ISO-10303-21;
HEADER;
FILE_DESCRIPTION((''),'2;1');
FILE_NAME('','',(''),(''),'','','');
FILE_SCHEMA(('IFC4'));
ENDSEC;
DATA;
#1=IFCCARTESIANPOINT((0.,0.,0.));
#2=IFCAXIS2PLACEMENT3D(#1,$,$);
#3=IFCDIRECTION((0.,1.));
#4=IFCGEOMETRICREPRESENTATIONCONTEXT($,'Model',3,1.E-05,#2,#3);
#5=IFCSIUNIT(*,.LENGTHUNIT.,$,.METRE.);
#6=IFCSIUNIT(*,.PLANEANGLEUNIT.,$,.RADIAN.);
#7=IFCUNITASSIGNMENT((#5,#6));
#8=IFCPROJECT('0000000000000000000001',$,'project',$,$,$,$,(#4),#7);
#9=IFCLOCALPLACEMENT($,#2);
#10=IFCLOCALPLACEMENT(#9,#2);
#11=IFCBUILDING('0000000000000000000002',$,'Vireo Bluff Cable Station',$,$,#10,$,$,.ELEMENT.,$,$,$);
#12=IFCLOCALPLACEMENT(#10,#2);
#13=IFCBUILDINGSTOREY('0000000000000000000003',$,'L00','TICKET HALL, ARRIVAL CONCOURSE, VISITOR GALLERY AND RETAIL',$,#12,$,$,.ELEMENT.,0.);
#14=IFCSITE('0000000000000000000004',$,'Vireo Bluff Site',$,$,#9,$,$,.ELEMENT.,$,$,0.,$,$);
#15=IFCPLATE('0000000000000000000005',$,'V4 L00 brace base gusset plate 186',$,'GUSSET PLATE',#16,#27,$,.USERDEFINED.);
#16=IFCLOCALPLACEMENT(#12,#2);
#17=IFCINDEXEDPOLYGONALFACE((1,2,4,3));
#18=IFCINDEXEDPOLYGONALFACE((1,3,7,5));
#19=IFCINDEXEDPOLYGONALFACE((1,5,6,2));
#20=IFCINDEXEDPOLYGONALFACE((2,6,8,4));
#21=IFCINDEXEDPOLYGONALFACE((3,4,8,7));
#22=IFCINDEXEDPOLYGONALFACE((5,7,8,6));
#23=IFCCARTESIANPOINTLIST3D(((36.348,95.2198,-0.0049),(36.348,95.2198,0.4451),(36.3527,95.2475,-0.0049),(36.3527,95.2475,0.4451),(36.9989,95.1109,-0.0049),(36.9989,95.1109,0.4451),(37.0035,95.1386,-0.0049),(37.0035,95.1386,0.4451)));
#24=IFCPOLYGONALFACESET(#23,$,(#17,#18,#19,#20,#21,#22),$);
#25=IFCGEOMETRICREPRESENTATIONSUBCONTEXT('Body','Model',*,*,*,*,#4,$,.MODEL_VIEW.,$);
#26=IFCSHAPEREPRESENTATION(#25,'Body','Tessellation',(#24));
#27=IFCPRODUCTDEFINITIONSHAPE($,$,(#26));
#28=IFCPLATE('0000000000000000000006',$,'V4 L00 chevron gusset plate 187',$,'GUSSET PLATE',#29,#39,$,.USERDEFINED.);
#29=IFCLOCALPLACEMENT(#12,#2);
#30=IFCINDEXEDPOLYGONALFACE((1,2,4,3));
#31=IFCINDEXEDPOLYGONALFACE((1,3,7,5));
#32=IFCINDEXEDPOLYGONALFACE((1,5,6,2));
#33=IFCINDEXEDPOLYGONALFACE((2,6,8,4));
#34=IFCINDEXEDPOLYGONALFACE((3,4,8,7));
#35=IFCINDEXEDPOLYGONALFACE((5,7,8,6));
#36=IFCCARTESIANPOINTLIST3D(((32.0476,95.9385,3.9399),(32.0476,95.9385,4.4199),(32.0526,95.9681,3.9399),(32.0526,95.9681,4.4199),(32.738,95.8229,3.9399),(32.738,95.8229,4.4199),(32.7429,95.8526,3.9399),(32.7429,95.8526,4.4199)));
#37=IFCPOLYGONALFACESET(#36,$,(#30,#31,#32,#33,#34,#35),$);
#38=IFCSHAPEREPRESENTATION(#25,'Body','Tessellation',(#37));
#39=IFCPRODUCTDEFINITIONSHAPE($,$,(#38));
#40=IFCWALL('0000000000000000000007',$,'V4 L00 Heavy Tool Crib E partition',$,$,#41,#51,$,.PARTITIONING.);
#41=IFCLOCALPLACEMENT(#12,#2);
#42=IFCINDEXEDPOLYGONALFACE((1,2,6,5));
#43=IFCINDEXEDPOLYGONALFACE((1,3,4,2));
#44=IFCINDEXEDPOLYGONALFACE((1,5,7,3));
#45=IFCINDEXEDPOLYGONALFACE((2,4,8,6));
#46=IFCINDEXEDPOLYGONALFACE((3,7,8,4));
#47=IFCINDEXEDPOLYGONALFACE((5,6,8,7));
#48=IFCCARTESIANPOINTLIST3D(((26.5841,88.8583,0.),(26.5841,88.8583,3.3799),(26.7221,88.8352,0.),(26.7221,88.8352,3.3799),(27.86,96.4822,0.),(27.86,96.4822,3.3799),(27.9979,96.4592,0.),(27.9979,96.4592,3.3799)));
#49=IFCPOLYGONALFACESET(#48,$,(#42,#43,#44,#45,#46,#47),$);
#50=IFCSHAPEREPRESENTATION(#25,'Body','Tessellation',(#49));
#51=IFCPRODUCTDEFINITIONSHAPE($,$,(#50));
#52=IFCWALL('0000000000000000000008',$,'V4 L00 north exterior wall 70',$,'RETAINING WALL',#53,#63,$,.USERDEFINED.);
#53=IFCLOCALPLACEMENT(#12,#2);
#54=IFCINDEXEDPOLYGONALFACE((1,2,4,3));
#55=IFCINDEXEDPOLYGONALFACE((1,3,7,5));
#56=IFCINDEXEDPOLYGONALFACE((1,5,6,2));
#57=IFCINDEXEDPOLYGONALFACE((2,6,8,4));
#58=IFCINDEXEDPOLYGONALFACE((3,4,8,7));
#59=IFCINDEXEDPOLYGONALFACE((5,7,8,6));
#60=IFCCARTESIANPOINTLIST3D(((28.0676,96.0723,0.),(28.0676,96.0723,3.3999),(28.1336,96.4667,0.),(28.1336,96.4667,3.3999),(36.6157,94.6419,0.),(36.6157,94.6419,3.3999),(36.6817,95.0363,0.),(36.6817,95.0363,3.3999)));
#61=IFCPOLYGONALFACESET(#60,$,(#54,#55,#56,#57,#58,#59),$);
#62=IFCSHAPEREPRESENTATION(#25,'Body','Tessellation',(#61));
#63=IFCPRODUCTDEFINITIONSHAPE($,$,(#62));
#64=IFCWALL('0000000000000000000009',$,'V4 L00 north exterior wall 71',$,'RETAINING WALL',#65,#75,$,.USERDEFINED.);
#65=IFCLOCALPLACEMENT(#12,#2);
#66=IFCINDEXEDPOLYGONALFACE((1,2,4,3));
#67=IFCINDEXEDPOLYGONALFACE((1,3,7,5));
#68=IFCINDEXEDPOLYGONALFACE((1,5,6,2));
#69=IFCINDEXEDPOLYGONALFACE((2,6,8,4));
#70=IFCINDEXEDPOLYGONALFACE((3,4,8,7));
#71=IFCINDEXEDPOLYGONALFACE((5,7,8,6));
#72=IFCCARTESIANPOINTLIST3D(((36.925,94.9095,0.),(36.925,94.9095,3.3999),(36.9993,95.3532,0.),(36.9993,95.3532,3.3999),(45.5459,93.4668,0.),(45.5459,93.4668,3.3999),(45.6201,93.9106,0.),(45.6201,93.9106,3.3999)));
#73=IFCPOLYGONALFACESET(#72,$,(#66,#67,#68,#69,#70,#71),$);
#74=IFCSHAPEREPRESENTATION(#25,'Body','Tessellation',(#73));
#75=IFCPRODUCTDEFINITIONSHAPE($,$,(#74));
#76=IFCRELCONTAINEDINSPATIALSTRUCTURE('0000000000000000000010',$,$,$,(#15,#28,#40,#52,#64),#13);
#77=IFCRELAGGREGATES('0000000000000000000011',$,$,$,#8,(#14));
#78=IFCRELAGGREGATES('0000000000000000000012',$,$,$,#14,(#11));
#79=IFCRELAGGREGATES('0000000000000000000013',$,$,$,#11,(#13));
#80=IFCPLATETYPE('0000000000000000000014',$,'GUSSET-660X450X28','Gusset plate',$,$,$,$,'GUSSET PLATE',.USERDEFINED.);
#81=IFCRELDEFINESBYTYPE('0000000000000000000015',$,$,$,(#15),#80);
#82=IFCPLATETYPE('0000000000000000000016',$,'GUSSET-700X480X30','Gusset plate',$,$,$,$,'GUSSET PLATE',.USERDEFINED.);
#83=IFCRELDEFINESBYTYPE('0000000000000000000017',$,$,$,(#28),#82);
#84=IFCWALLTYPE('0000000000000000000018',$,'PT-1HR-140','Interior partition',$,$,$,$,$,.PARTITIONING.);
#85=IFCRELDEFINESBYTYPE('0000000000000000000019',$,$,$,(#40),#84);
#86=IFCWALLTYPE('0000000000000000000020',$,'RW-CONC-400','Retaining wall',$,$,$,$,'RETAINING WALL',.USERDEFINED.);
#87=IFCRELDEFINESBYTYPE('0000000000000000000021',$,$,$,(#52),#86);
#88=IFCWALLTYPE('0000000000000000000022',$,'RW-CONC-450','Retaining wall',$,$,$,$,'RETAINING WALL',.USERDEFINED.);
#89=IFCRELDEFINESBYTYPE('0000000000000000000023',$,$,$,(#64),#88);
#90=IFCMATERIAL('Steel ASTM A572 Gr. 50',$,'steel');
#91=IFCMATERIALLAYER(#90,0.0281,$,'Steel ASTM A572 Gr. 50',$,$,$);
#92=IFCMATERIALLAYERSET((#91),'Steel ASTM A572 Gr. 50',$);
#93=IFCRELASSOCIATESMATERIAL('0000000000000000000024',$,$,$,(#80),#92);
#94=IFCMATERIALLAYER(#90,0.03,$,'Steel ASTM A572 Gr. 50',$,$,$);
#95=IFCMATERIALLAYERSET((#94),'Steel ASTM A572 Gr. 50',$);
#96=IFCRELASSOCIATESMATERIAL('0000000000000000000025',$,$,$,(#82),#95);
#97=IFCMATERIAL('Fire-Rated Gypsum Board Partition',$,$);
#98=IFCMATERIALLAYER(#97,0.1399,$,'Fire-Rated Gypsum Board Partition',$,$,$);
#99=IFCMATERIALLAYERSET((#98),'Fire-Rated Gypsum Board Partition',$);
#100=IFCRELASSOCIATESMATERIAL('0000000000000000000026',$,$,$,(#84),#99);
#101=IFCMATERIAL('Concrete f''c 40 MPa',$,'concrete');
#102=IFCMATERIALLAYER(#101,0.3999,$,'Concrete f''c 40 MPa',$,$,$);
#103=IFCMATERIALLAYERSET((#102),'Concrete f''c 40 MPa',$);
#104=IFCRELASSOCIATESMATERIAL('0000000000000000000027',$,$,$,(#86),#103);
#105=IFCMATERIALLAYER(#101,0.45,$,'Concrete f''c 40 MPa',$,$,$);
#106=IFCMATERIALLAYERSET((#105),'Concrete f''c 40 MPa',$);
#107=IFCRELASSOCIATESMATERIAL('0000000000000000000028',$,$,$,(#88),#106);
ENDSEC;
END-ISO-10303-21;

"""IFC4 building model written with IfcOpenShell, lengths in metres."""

from ifc_helpers import new_model, si_unit, direction, frame, frame_2d, origin, origin_2d, place, context, subcontext, project, spatial, rectangle, extrude, material, layer, layer_set, type_object, element, save


model = new_model("IFC4")

# Units and contexts
model_context = context("Model", 3, precision=1e-05, world=origin(), true_north=direction((0.0, 1.0)))
body_context = subcontext(model_context, "Body", "Model", "MODEL_VIEW")
ifc_project = project(units=[si_unit("LENGTHUNIT", "METRE"), si_unit("PLANEANGLEUNIT", "RADIAN")], contexts=[model_context])

# Site, building, storey
site_placement = place(None, origin())
site = spatial("IfcSite", under=ifc_project, at=site_placement, Name="Vireo Bluff Site", CompositionType="ELEMENT", RefElevation=0.0)
building_placement = place(site_placement, origin())
building = spatial("IfcBuilding", under=site, at=building_placement, Name="Vireo Bluff Cable Station", CompositionType="ELEMENT")
storey_placement = place(building_placement, origin())
storey = spatial("IfcBuildingStorey", under=building, at=storey_placement, Name="L00", Description="TICKET HALL, ARRIVAL CONCOURSE, VISITOR GALLERY AND RETAIL", CompositionType="ELEMENT", Elevation=0.0)

# Shared definitions
ifc_material_1 = material(Name="Concrete f'c 40 MPa", Category="concrete")

# Plates
ifc_material_2 = material(Name="Steel ASTM A572 Gr. 50", Category="steel")
ifc_layer_1 = layer(ifc_material_2, 0.0281, Name="Steel ASTM A572 Gr. 50")
ifc_layer_set_1 = layer_set([ifc_layer_1], Name="Steel ASTM A572 Gr. 50")
plate_type_1 = type_object("IfcPlateType", Name="GUSSET-660X450X28", Description="Gusset plate", ElementType="GUSSET PLATE", PredefinedType="USERDEFINED", material=ifc_layer_set_1)
plate_1_placement = place(storey_placement, frame((36.6758, 95.1792, -0.0049), z_axis=(0.0, 0.0, 1.0), x_axis=(0.986286, -0.165048, 0.0)))
element("IfcPlate", 1, at=plate_1_placement, inside=storey, type_object=plate_type_1, Name="V4 L00 brace base gusset plate 186", ObjectType="GUSSET PLATE", PredefinedType="USERDEFINED", context=body_context, shape_type="SweptSolid", body=[
    extrude(rectangle(XDim=0.6599, YDim=0.0281, at=origin_2d()), origin(), (0.0, 0.0, 1.0), 0.45),
])
ifc_layer_2 = layer(ifc_material_2, 0.03, Name="Steel ASTM A572 Gr. 50")
ifc_layer_set_2 = layer_set([ifc_layer_2], Name="Steel ASTM A572 Gr. 50")
plate_type_2 = type_object("IfcPlateType", Name="GUSSET-700X480X30", Description="Gusset plate", ElementType="GUSSET PLATE", PredefinedType="USERDEFINED", material=ifc_layer_set_2)
plate_2_placement = place(storey_placement, frame((32.3953, 95.8955, 3.9399), z_axis=(0.0, 0.0, 1.0), x_axis=(0.986286, -0.165048, 0.0)))
element("IfcPlate", 2, at=plate_2_placement, inside=storey, type_object=plate_type_2, Name="V4 L00 chevron gusset plate 187", ObjectType="GUSSET PLATE", PredefinedType="USERDEFINED", context=body_context, shape_type="SweptSolid", body=[
    extrude(rectangle(XDim=0.7, YDim=0.03, at=origin_2d()), origin(), (0.0, 0.0, 1.0), 0.48),
])

# Walls
ifc_material_3 = material(Name="Fire-Rated Gypsum Board Partition")
ifc_layer_3 = layer(ifc_material_3, 0.1399, Name="Fire-Rated Gypsum Board Partition")
ifc_layer_set_3 = layer_set([ifc_layer_3], Name="Fire-Rated Gypsum Board Partition")
wall_type_1 = type_object("IfcWallType", Name="PT-1HR-140", Description="Interior partition", PredefinedType="PARTITIONING", material=ifc_layer_set_3)
wall_1_placement = place(storey_placement, frame((27.929, 96.4707, 0.0), z_axis=(0.0, 0.0, 1.0), x_axis=(-0.165055, -0.986284, 0.0)))
element("IfcWall", 3, at=wall_1_placement, inside=storey, type_object=wall_type_1, Name="V4 L00 Heavy Tool Crib E partition", PredefinedType="PARTITIONING", context=body_context, shape_type="SweptSolid", body=[
    extrude(rectangle(XDim=7.73, YDim=0.1399, at=frame_2d((3.865, 0.0))), origin(), (0.0, 0.0, 1.0), 3.3799),
])
ifc_layer_4 = layer(ifc_material_1, 0.3999, Name="Concrete f'c 40 MPa")
ifc_layer_set_4 = layer_set([ifc_layer_4], Name="Concrete f'c 40 MPa")
wall_type_2 = type_object("IfcWallType", Name="RW-CONC-400", Description="Retaining wall", ElementType="RETAINING WALL", PredefinedType="USERDEFINED", material=ifc_layer_set_4)
wall_2_placement = place(storey_placement, frame((28.1006, 96.2695, 0.0), z_axis=(0.0, 0.0, 1.0), x_axis=(0.986286, -0.165043, 0.0)))
element("IfcWall", 4, at=wall_2_placement, inside=storey, type_object=wall_type_2, Name="V4 L00 north exterior wall 70", ObjectType="RETAINING WALL", PredefinedType="USERDEFINED", context=body_context, shape_type="SweptSolid", body=[
    extrude(rectangle(XDim=8.667, YDim=0.3999, at=frame_2d((4.3335, 0.0))), origin(), (0.0, 0.0, 1.0), 3.3999),
])
ifc_layer_5 = layer(ifc_material_1, 0.45, Name="Concrete f'c 40 MPa")
ifc_layer_set_5 = layer_set([ifc_layer_5], Name="Concrete f'c 40 MPa")
wall_type_3 = type_object("IfcWallType", Name="RW-CONC-450", Description="Retaining wall", ElementType="RETAINING WALL", PredefinedType="USERDEFINED", material=ifc_layer_set_5)
wall_3_placement = place(storey_placement, frame((36.9622, 95.1313, 0.0), z_axis=(0.0, 0.0, 1.0), x_axis=(0.986286, -0.165047, 0.0)))
element("IfcWall", 5, at=wall_3_placement, inside=storey, type_object=wall_type_3, Name="V4 L00 north exterior wall 71", ObjectType="RETAINING WALL", PredefinedType="USERDEFINED", context=body_context, shape_type="SweptSolid", body=[
    extrude(rectangle(XDim=8.7407, YDim=0.45, at=frame_2d((4.3704, 0.0))), origin(), (0.0, 0.0, 1.0), 3.3999),
])

save(model, "model.ifc")
